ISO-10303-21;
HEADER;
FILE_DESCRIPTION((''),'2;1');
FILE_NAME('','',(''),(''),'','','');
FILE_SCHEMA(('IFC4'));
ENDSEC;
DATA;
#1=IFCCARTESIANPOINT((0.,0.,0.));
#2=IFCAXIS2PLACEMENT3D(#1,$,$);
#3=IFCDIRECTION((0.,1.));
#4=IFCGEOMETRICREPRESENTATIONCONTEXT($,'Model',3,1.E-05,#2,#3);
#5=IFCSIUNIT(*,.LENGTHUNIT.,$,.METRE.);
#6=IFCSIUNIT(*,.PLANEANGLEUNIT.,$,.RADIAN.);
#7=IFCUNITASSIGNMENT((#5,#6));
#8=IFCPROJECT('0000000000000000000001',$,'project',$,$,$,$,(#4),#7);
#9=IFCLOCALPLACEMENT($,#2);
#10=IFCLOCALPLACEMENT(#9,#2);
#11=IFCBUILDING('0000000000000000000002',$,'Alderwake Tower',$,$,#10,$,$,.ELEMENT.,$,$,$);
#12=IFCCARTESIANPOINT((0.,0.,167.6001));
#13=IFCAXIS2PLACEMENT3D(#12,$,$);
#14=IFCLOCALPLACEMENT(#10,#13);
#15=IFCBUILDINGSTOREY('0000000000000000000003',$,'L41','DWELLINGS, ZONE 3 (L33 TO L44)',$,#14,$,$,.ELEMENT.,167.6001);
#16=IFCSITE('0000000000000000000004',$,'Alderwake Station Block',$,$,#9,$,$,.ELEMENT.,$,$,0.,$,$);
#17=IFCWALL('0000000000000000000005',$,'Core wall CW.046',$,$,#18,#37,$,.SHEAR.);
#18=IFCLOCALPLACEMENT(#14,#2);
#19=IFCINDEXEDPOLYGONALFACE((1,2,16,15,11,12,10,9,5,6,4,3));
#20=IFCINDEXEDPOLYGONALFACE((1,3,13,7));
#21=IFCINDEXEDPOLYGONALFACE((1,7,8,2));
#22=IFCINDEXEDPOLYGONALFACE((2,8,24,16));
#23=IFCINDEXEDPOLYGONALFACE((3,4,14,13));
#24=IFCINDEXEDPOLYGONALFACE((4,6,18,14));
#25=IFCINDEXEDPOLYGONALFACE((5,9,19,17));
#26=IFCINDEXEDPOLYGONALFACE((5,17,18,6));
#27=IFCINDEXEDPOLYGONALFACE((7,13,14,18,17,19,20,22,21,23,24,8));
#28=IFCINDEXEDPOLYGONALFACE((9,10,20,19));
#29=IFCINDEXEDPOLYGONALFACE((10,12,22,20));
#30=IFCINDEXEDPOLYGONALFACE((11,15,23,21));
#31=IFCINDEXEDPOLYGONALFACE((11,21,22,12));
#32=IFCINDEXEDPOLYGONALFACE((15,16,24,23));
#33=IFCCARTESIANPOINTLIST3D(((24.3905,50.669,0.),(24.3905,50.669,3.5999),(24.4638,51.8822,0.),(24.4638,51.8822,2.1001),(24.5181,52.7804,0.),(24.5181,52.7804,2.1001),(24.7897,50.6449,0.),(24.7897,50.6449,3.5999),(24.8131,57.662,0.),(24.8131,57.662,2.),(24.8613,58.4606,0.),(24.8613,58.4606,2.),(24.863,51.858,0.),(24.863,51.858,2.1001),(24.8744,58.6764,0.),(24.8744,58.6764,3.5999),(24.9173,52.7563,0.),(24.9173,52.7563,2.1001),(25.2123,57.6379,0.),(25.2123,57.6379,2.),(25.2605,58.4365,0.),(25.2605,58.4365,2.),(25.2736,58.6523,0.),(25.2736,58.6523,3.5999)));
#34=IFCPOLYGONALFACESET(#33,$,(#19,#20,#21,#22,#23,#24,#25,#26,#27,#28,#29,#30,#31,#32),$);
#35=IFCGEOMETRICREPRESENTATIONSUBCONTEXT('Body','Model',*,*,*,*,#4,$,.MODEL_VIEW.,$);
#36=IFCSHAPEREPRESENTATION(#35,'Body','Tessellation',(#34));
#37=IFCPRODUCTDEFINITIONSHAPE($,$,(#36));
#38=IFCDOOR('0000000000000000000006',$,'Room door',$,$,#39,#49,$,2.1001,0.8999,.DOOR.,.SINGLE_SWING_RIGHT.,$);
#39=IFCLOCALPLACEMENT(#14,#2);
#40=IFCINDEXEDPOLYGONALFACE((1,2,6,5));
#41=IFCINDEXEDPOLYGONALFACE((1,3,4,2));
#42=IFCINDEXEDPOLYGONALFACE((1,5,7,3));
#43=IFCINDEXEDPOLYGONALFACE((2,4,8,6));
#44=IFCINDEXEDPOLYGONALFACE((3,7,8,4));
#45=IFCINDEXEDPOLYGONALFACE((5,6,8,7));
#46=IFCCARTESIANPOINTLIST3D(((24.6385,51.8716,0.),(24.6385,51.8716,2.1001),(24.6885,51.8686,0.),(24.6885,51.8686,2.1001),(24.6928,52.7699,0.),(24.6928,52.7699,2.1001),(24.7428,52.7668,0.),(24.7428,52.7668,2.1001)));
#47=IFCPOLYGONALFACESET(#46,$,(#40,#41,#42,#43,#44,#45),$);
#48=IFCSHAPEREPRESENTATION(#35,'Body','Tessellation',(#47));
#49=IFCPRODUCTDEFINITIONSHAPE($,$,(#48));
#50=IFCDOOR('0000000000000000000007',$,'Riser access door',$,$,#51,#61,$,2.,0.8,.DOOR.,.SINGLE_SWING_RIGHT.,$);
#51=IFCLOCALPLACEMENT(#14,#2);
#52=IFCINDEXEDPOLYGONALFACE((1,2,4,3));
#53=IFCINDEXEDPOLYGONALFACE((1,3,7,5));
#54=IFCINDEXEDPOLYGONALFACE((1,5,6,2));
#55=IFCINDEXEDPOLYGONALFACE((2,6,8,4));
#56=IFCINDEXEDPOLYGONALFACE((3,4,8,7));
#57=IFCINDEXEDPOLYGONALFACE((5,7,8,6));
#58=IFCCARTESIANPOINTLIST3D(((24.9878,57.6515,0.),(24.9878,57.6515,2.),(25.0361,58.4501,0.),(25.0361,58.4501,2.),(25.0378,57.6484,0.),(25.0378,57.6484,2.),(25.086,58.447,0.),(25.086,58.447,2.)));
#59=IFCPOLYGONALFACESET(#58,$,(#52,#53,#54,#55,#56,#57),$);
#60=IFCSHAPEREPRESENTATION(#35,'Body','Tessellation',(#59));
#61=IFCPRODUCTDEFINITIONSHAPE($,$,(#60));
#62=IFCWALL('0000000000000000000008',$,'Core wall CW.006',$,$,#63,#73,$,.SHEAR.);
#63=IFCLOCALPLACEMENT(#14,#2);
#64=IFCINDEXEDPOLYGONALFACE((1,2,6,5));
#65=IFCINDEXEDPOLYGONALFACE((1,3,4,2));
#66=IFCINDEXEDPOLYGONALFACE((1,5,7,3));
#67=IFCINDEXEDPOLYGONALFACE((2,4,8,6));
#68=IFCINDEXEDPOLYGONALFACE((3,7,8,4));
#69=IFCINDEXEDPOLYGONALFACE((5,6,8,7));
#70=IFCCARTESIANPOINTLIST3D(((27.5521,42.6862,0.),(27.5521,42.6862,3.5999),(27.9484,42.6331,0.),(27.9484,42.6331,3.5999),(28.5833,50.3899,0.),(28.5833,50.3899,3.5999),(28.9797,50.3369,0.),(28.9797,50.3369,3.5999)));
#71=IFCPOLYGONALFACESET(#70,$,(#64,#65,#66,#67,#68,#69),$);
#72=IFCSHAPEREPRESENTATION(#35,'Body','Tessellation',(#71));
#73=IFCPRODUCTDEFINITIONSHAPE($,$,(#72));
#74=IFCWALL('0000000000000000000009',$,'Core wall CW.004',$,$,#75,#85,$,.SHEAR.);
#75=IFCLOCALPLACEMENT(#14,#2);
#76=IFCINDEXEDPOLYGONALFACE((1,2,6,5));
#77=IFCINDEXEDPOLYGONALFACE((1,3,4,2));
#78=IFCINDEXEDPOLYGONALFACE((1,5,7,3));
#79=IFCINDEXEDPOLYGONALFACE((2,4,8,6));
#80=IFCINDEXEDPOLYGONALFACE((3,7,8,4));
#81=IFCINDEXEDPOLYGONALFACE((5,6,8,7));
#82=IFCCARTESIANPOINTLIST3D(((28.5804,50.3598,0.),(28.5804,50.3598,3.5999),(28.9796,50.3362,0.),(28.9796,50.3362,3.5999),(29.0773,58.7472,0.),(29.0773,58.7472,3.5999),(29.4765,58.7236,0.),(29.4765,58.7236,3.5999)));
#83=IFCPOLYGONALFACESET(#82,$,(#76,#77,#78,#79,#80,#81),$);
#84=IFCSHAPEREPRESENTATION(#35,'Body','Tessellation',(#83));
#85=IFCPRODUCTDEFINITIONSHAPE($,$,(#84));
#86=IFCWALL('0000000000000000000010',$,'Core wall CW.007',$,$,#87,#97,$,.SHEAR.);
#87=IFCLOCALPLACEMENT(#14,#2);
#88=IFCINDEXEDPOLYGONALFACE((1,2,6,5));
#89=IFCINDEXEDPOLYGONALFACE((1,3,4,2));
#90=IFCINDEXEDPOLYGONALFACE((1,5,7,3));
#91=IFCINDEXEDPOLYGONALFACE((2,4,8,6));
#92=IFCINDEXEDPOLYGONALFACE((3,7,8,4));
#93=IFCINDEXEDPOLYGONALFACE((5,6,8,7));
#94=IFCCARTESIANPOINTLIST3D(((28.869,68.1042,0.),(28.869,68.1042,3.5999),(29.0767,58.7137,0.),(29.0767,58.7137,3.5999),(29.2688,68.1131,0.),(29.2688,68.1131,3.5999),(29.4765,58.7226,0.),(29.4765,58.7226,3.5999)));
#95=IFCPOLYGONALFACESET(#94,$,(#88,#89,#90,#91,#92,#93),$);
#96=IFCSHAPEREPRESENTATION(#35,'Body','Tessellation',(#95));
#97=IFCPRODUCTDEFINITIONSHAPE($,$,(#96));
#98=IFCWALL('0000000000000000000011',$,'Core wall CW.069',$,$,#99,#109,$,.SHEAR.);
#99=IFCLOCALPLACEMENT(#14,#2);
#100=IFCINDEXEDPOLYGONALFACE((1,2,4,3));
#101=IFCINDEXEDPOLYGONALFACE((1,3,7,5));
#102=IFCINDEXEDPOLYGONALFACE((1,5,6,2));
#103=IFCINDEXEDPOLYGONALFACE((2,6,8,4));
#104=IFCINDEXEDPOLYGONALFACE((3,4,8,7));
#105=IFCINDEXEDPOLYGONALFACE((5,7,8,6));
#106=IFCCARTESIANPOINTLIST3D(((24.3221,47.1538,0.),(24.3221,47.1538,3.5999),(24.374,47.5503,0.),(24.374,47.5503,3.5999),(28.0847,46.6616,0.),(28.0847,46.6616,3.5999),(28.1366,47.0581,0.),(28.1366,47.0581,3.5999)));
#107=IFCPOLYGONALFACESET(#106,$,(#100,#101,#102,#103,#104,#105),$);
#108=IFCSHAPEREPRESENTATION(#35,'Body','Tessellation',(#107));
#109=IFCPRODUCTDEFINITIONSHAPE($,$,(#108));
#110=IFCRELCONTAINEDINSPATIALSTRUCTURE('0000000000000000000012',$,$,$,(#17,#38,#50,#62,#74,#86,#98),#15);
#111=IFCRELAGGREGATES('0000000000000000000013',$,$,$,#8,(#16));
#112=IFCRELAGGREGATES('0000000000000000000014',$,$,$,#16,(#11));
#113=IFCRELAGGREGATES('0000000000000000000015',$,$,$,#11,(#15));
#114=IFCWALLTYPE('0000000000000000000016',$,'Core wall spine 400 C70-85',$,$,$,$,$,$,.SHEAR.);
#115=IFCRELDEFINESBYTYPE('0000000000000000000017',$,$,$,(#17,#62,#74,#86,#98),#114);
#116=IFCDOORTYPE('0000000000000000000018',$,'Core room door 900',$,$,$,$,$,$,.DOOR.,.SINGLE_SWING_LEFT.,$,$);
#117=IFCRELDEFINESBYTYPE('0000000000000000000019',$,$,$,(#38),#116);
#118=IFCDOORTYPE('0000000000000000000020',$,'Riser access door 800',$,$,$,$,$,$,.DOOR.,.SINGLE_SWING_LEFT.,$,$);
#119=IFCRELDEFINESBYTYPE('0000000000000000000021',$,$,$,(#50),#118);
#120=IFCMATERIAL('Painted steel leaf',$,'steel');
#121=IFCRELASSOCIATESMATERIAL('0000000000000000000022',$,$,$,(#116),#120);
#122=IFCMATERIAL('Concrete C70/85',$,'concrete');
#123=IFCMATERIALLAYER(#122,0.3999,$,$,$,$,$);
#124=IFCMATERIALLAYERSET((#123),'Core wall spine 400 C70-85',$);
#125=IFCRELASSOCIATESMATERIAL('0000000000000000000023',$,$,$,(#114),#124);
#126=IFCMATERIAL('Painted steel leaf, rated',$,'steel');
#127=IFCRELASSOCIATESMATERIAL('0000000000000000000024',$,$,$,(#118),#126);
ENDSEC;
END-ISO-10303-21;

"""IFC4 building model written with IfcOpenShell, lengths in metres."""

from ifc_helpers import new_model, si_unit, direction, frame, frame_2d, origin, place, context, subcontext, project, spatial, rectangle, extrude, material, layer, layer_set, type_object, element, fill, save


model = new_model("IFC4")

# Units and contexts
model_context = context("Model", 3, precision=1e-05, world=origin(), true_north=direction((0.0, 1.0)))
body_context = subcontext(model_context, "Body", "Model", "MODEL_VIEW")
ifc_project = project(units=[si_unit("LENGTHUNIT", "METRE"), si_unit("PLANEANGLEUNIT", "RADIAN")], contexts=[model_context])

# Site, building, storey
site_placement = place(None, origin())
site = spatial("IfcSite", under=ifc_project, at=site_placement, Name="Alderwake Station Block", CompositionType="ELEMENT", RefElevation=0.0)
building_placement = place(site_placement, origin())
building = spatial("IfcBuilding", under=site, at=building_placement, Name="Alderwake Tower", CompositionType="ELEMENT")
storey_placement = place(building_placement, frame((0.0, 0.0, 167.6001)))
storey = spatial("IfcBuildingStorey", under=building, at=storey_placement, Name="L41", Description="DWELLINGS, ZONE 3 (L33 TO L44)", CompositionType="ELEMENT", Elevation=167.6001)

# Shared definitions
ifc_material_1 = material(Name="Painted steel leaf", Category="steel")
door_type_1 = type_object("IfcDoorType", Name="Core room door 900", OperationType="SINGLE_SWING_LEFT", PredefinedType="DOOR", material=ifc_material_1)

# Wall, openings, doors
ifc_material_2 = material(Name="Concrete C70/85", Category="concrete")
ifc_layer_1 = layer(ifc_material_2, 0.3999)
ifc_layer_set_1 = layer_set([ifc_layer_1], Name="Core wall spine 400 C70-85")
wall_type_1 = type_object("IfcWallType", Name="Core wall spine 400 C70-85", PredefinedType="SHEAR", material=ifc_layer_set_1)
wall_1_placement = place(storey_placement, frame((24.5901, 50.657, 0.0), z_axis=(0.0, 0.0, 1.0), x_axis=(0.06032, 0.998179, 0.0)))
wall_1 = element("IfcWall", 1, at=wall_1_placement, inside=storey, type_object=wall_type_1, Name="Core wall CW.046", PredefinedType="SHEAR", context=body_context, shape_type="SweptSolid", body=[
    extrude(rectangle(XDim=8.022, YDim=0.3999, at=frame_2d((4.011, 0.0))), origin(), (0.0, 0.0, 1.0), 3.5999),
])
opening_1_placement = place(wall_1_placement, frame((7.0059, 0.0, 0.0)))
opening_1 = element("IfcOpeningElement", 2, at=opening_1_placement, cuts=wall_1, PredefinedType="OPENING", context=body_context, shape_type="SweptSolid", body=[
    extrude(rectangle(XDim=0.8, YDim=2.0, at=frame_2d((0.3999, 1.0))), frame((0.0, 0.21, 0.0), z_axis=(0.0, -1.0, 0.0), x_axis=(1.0, 0.0, 0.0)), (0.0, 0.0, 1.0), 0.4199),
])
opening_2_placement = place(wall_1_placement, frame((1.2153, 0.0, 0.0)))
opening_2 = element("IfcOpeningElement", 3, at=opening_2_placement, cuts=wall_1, PredefinedType="OPENING", context=body_context, shape_type="SweptSolid", body=[
    extrude(rectangle(XDim=0.8999, YDim=2.1001, at=frame_2d((0.45, 1.05))), frame((0.0, 0.21, 0.0), z_axis=(0.0, -1.0, 0.0), x_axis=(1.0, 0.0, 0.0)), (0.0, 0.0, 1.0), 0.4199),
])
door_1_placement = place(opening_2_placement, origin())
door_1 = element("IfcDoor", 4, at=door_1_placement, inside=storey, type_object=door_type_1, Name="Room door", OperationType="SINGLE_SWING_RIGHT", OverallHeight=2.1001, OverallWidth=0.8999, PredefinedType="DOOR", context=body_context, shape_type="SweptSolid", body=[
    extrude(rectangle(XDim=0.8999, YDim=2.1001, at=frame_2d((0.45, 1.05))), frame((0.0, 0.0249, 0.0), z_axis=(0.0, -1.0, 0.0), x_axis=(1.0, 0.0, 0.0)), (0.0, 0.0, 1.0), 0.05),
])
fill(opening_2, door_1)
ifc_material_3 = material(Name="Painted steel leaf, rated", Category="steel")
door_type_2 = type_object("IfcDoorType", Name="Riser access door 800", OperationType="SINGLE_SWING_LEFT", PredefinedType="DOOR", material=ifc_material_3)
door_2_placement = place(opening_1_placement, origin())
door_2 = element("IfcDoor", 5, at=door_2_placement, inside=storey, type_object=door_type_2, Name="Riser access door", OperationType="SINGLE_SWING_RIGHT", OverallHeight=2.0, OverallWidth=0.8, PredefinedType="DOOR", context=body_context, shape_type="SweptSolid", body=[
    extrude(rectangle(XDim=0.8, YDim=2.0, at=frame_2d((0.3999, 1.0))), frame((0.0, 0.0249, 0.0), z_axis=(0.0, -1.0, 0.0), x_axis=(1.0, 0.0, 0.0)), (0.0, 0.0, 1.0), 0.05),
])
fill(opening_1, door_2)

# Walls
wall_2_placement = place(storey_placement, frame((27.7502, 42.6597, 0.0), z_axis=(0.0, 0.0, 1.0), x_axis=(0.132678, 0.991159, 0.0)))
element("IfcWall", 6, at=wall_2_placement, inside=storey, type_object=wall_type_1, Name="Core wall CW.006", PredefinedType="SHEAR", context=body_context, shape_type="SweptSolid", body=[
    extrude(rectangle(XDim=7.7725, YDim=0.3999, at=frame_2d((3.8862, 0.0))), origin(), (0.0, 0.0, 1.0), 3.5999),
])
wall_3_placement = place(storey_placement, frame((28.78, 50.3479, 0.0), z_axis=(0.0, 0.0, 1.0), x_axis=(0.059131, 0.99825, 0.0)))
element("IfcWall", 7, at=wall_3_placement, inside=storey, type_object=wall_type_1, Name="Core wall CW.004", PredefinedType="SHEAR", context=body_context, shape_type="SweptSolid", body=[
    extrude(rectangle(XDim=8.4021, YDim=0.3999, at=frame_2d((4.2012, 0.0))), origin(), (0.0, 0.0, 1.0), 3.5999),
])
wall_4_placement = place(storey_placement, frame((29.2766, 58.7183, 0.0), z_axis=(0.0, 0.0, 1.0), x_axis=(-0.022119, 0.999755, 0.0)))
element("IfcWall", 8, at=wall_4_placement, inside=storey, type_object=wall_type_1, Name="Core wall CW.007", PredefinedType="SHEAR", context=body_context, shape_type="SweptSolid", body=[
    extrude(rectangle(XDim=9.3928, YDim=0.3999, at=frame_2d((4.6963, 0.0))), origin(), (0.0, 0.0, 1.0), 3.5999),
])
wall_5_placement = place(storey_placement, frame((24.3479, 47.3521, 0.0), z_axis=(0.0, 0.0, 1.0), x_axis=(0.991553, -0.129702, 0.0)))
element("IfcWall", 9, at=wall_5_placement, inside=storey, type_object=wall_type_1, Name="Core wall CW.069", PredefinedType="SHEAR", context=body_context, shape_type="SweptSolid", body=[
    extrude(rectangle(XDim=3.7947, YDim=0.3999, at=frame_2d((1.8975, 0.0))), origin(), (0.0, 0.0, 1.0), 3.5999),
])

save(model, "model.ifc")
